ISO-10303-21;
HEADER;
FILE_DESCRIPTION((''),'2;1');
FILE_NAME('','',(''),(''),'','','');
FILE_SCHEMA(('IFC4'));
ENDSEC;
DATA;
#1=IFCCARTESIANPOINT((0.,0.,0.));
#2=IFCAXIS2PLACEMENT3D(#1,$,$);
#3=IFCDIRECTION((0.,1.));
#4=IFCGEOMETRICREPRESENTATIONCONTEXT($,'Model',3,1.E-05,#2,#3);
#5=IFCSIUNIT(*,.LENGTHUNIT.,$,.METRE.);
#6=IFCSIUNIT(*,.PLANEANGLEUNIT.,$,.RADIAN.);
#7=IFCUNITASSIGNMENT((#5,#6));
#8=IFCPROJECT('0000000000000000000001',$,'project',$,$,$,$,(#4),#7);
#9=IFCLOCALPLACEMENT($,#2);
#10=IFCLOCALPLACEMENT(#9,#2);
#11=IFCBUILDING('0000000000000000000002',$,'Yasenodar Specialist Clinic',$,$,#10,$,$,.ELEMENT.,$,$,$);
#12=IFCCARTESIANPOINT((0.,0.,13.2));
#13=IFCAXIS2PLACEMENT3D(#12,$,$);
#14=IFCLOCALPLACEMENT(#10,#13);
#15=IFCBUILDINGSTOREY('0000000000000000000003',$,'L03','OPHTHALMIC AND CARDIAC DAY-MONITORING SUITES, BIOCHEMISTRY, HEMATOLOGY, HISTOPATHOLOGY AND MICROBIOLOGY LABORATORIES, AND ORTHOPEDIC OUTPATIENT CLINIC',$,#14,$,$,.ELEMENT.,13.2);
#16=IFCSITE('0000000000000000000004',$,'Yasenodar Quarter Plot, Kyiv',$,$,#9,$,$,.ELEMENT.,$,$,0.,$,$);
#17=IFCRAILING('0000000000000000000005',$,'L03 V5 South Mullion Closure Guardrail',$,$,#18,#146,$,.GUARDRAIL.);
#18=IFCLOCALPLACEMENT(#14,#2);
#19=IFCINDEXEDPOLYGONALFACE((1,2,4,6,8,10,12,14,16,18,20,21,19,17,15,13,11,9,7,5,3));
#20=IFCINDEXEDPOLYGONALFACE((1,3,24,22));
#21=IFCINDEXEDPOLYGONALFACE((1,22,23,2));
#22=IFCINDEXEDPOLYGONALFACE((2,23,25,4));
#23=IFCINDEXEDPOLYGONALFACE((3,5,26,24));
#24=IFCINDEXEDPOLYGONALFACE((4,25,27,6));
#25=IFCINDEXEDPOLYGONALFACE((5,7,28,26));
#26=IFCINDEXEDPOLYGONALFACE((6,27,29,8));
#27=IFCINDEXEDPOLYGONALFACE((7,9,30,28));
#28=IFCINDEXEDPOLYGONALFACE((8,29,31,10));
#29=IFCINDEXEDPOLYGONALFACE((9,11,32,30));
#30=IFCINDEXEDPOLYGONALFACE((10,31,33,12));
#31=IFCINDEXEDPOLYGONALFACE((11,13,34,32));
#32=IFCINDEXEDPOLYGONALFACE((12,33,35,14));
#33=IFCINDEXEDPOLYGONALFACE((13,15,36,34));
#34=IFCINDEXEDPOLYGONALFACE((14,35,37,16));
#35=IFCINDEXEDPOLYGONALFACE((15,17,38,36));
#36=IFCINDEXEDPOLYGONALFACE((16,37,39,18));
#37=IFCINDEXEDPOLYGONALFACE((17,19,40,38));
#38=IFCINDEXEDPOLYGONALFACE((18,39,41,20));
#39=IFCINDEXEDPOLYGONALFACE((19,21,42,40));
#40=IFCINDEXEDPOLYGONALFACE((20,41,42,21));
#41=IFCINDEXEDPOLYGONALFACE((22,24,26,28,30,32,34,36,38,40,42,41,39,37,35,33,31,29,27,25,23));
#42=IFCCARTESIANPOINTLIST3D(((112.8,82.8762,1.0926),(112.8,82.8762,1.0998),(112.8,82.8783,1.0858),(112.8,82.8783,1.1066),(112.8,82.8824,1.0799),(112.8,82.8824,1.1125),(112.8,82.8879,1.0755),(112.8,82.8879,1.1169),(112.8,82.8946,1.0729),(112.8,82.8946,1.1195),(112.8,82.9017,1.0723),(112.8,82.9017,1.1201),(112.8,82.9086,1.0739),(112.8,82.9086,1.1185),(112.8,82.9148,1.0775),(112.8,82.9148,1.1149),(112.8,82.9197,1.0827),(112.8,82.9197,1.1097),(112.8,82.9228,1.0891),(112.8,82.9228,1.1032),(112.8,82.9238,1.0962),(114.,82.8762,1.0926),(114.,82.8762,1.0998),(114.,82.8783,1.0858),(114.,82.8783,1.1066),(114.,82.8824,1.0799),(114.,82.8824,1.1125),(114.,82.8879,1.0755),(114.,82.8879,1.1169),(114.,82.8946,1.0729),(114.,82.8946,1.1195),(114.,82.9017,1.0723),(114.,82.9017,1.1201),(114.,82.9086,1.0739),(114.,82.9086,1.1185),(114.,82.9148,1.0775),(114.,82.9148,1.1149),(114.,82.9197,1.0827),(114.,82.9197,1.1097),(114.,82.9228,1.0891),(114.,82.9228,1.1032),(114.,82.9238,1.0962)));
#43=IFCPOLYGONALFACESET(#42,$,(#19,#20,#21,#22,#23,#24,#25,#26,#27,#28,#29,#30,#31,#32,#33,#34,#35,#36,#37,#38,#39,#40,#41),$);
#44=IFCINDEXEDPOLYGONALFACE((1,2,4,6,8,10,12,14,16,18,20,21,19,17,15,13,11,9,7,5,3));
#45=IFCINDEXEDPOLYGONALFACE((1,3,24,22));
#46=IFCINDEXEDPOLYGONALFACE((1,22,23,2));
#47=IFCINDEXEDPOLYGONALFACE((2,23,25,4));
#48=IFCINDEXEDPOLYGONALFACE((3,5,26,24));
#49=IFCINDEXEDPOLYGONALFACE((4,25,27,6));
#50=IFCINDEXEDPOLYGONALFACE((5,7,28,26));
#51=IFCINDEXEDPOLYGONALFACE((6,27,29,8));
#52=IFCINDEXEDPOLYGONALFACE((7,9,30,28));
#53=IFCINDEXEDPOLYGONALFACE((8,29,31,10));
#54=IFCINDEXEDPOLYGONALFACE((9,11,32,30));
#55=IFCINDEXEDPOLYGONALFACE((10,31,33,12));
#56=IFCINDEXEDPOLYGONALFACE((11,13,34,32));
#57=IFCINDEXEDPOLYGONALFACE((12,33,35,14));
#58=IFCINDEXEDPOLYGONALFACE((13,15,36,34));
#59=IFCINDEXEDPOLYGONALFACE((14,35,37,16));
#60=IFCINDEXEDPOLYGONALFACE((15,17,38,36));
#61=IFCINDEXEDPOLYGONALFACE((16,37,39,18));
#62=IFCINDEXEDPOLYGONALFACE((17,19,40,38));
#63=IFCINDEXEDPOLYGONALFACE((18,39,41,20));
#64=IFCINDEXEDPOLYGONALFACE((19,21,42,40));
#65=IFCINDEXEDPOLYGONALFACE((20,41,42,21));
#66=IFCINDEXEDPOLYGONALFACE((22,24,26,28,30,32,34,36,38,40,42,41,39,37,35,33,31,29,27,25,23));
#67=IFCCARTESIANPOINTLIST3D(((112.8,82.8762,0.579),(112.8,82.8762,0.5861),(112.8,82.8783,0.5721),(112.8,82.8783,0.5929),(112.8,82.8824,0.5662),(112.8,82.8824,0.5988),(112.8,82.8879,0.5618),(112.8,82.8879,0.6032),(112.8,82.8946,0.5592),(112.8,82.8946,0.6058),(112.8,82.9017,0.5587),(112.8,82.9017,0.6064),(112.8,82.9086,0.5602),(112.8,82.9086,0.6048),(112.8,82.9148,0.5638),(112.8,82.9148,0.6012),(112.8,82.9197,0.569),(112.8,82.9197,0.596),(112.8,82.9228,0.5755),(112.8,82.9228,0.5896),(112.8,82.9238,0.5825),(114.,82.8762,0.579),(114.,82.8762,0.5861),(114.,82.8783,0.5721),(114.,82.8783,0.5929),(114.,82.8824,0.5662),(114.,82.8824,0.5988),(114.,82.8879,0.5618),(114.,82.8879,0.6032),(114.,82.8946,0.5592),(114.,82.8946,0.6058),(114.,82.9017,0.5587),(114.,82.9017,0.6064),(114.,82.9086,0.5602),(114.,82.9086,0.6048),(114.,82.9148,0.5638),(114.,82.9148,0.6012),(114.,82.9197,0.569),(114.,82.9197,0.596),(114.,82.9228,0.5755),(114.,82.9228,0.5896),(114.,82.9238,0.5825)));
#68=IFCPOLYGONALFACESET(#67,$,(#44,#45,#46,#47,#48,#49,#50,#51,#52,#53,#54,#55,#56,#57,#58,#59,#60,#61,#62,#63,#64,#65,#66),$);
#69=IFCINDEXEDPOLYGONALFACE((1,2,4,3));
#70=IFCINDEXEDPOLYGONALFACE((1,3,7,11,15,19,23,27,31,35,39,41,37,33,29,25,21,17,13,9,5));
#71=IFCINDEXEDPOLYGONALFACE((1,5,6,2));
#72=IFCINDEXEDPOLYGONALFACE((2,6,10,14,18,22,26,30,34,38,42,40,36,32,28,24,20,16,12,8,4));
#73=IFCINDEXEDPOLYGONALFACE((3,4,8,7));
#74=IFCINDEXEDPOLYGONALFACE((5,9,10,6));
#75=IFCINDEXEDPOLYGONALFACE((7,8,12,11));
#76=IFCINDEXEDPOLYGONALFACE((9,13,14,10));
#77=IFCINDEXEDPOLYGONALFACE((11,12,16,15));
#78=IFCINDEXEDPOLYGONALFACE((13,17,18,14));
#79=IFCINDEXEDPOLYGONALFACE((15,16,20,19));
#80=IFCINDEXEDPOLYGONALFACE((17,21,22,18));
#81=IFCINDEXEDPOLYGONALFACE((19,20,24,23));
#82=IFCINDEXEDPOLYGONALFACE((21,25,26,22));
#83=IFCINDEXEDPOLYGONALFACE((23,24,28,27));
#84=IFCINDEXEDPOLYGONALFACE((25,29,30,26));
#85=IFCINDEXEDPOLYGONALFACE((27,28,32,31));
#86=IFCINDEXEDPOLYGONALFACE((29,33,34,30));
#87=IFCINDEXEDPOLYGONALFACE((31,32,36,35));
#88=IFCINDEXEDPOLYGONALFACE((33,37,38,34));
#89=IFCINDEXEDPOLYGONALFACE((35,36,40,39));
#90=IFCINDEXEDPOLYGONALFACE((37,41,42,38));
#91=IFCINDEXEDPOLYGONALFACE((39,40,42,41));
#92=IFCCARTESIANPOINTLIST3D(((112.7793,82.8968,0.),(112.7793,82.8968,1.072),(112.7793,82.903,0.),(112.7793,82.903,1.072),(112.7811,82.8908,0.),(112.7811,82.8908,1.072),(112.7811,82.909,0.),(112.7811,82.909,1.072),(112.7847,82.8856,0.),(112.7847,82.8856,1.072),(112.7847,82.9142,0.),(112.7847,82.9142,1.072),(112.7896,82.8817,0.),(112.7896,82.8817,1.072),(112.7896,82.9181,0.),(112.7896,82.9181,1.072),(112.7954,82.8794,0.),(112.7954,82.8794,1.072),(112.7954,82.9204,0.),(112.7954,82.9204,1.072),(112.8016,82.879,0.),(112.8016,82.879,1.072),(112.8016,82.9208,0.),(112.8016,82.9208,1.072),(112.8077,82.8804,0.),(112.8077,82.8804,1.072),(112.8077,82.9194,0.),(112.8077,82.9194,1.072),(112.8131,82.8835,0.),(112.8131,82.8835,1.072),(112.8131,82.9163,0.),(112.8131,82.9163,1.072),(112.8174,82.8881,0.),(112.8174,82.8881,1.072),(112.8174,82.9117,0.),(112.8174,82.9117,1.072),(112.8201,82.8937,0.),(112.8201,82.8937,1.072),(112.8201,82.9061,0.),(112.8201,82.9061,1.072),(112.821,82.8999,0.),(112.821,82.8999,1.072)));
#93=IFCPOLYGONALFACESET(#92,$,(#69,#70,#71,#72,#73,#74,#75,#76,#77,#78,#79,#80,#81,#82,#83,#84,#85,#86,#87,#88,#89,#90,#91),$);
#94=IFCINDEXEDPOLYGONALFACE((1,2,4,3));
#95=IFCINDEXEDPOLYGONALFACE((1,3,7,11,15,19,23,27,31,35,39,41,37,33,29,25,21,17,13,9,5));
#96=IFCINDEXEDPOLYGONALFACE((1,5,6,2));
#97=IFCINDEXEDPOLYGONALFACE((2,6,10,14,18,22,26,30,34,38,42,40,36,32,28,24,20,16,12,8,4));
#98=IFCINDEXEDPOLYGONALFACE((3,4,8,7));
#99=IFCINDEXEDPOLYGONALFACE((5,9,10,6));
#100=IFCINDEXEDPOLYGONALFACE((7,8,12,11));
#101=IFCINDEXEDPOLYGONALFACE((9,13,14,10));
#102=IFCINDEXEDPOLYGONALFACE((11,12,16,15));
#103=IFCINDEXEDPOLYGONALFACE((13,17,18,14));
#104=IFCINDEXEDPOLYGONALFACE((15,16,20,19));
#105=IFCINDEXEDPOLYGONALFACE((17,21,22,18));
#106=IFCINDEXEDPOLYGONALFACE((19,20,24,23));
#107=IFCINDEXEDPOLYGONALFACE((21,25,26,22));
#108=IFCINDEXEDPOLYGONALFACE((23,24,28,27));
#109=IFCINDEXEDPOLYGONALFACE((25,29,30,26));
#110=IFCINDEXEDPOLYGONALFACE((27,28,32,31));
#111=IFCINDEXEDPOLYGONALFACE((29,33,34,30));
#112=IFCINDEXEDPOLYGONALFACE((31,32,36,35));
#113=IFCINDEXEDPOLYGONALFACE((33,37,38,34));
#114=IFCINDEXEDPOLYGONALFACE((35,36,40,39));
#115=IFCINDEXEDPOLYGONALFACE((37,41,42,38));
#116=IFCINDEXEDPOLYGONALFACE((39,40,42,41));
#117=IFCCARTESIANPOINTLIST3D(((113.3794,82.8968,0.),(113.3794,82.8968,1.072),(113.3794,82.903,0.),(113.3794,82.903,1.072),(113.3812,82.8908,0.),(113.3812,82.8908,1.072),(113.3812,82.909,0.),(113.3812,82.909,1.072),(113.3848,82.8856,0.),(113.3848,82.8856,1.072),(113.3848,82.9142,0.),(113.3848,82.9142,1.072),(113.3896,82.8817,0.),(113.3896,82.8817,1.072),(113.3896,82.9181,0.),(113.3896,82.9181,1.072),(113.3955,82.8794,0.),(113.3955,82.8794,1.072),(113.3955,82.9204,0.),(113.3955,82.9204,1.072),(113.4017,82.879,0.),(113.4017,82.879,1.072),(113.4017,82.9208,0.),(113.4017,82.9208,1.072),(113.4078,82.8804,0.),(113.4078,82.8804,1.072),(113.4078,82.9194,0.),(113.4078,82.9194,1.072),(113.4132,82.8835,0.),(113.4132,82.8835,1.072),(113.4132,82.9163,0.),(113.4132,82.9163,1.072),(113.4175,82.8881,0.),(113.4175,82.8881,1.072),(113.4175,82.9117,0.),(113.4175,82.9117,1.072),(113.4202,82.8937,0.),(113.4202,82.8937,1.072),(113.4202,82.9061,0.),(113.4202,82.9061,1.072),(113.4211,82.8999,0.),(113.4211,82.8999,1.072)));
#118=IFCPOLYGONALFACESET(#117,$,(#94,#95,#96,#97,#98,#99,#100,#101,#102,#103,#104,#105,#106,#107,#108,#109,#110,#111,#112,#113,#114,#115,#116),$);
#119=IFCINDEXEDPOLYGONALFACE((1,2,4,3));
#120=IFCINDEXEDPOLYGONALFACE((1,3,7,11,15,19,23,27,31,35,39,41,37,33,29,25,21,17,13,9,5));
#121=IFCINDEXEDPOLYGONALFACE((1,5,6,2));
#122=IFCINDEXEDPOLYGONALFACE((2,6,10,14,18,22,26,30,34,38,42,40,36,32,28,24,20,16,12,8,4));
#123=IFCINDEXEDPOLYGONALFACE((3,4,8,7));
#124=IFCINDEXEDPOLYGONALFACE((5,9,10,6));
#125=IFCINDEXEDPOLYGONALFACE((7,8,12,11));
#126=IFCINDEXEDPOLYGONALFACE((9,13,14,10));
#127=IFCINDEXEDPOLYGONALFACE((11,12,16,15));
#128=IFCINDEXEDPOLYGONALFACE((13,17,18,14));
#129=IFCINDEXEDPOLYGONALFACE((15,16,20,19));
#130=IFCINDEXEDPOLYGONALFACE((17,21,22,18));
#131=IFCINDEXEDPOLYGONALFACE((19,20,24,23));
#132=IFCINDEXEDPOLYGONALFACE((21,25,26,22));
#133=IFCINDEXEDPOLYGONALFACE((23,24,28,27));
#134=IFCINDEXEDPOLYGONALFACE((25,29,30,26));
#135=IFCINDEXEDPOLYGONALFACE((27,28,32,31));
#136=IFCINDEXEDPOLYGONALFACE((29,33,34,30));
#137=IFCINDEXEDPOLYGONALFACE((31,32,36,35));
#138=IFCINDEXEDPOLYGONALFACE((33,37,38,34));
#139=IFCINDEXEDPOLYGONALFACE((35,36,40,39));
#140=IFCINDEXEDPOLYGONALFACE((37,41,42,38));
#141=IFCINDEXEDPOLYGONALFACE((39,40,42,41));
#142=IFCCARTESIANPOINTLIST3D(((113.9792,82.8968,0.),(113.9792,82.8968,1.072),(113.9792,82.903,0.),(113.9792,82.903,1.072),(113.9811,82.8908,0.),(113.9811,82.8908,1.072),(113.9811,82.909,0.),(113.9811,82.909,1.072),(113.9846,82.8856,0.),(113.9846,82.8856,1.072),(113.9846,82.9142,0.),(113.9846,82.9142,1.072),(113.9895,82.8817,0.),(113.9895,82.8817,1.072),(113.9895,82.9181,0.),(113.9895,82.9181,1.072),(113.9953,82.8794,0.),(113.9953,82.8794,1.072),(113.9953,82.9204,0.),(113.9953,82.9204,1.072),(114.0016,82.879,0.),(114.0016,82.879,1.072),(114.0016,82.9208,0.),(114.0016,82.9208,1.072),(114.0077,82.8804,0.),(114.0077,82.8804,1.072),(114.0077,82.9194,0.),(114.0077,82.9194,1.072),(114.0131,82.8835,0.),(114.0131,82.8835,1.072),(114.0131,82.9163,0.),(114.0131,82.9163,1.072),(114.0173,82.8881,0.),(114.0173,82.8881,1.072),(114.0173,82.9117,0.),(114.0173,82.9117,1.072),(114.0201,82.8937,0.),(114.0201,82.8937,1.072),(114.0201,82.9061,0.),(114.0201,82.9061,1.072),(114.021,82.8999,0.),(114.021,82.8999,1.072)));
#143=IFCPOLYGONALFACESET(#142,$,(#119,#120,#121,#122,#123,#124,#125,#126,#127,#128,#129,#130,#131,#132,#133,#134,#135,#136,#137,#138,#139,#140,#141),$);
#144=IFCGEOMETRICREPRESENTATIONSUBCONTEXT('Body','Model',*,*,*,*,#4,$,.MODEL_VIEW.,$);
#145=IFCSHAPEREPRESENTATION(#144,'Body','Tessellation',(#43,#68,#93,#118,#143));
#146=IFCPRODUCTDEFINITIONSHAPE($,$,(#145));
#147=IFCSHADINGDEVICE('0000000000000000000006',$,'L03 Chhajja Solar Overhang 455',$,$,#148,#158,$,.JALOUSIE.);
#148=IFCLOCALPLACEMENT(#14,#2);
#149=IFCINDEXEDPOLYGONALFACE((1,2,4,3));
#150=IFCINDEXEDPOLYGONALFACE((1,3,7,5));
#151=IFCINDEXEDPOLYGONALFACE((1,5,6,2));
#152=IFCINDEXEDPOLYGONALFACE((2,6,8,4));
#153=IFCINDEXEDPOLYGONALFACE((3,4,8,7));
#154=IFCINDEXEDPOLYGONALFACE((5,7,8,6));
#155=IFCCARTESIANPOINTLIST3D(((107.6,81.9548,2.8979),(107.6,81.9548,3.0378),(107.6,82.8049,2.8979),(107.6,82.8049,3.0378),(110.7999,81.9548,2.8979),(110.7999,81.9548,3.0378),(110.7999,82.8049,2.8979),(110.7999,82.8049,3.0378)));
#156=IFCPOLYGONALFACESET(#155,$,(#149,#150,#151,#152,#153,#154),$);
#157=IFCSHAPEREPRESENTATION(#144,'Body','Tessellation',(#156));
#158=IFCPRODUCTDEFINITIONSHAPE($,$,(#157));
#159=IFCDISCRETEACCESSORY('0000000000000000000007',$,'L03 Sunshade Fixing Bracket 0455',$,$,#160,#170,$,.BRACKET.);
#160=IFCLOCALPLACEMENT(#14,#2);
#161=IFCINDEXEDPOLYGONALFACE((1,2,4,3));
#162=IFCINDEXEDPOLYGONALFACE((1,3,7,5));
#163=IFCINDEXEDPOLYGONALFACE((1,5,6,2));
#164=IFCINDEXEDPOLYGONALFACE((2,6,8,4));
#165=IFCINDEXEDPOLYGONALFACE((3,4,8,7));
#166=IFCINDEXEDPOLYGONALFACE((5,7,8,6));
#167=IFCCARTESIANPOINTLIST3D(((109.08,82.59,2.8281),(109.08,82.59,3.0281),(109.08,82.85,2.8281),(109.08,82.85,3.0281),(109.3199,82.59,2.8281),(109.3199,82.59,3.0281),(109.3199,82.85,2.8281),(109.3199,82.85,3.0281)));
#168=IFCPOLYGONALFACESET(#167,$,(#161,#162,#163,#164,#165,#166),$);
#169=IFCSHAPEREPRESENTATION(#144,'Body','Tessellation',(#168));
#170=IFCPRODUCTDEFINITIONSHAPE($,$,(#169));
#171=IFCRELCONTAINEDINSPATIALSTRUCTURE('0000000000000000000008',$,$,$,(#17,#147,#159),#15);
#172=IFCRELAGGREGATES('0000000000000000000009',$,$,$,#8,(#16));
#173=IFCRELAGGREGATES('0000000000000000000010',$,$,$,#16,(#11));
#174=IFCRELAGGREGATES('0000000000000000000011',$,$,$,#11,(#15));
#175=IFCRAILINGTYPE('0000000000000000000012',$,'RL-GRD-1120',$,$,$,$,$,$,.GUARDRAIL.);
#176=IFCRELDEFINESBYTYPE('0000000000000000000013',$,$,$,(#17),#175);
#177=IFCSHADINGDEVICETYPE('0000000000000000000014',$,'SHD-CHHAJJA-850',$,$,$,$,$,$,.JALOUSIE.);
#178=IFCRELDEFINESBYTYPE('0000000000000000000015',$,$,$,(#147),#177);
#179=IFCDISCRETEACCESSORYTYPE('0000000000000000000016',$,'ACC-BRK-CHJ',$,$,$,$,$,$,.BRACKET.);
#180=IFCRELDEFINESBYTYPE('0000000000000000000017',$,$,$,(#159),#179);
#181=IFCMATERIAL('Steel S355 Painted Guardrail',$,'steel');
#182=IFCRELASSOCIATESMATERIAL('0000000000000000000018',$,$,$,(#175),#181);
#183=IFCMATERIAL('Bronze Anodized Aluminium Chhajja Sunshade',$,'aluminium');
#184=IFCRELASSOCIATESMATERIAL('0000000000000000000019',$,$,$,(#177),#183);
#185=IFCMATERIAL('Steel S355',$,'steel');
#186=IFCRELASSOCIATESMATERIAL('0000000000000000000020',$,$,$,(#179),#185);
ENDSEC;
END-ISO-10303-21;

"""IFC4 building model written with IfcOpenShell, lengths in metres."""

from ifc_helpers import new_model, si_unit, direction, frame, origin, origin_2d, place, context, subcontext, project, spatial, rectangle, circle, extrude, material, type_object, element, save


model = new_model("IFC4")

# Units and contexts
model_context = context("Model", 3, precision=1e-05, world=origin(), true_north=direction((0.0, 1.0)))
body_context = subcontext(model_context, "Body", "Model", "MODEL_VIEW")
ifc_project = project(units=[si_unit("LENGTHUNIT", "METRE"), si_unit("PLANEANGLEUNIT", "RADIAN")], contexts=[model_context])

# Site, building, storey
site_placement = place(None, origin())
site = spatial("IfcSite", under=ifc_project, at=site_placement, Name="Yasenodar Quarter Plot, Kyiv", CompositionType="ELEMENT", RefElevation=0.0)
building_placement = place(site_placement, origin())
building = spatial("IfcBuilding", under=site, at=building_placement, Name="Yasenodar Specialist Clinic", CompositionType="ELEMENT")
storey_placement = place(building_placement, frame((0.0, 0.0, 13.2)))
storey = spatial("IfcBuildingStorey", under=building, at=storey_placement, Name="L03", Description="OPHTHALMIC AND CARDIAC DAY-MONITORING SUITES, BIOCHEMISTRY, HEMATOLOGY, HISTOPATHOLOGY AND MICROBIOLOGY LABORATORIES, AND ORTHOPEDIC OUTPATIENT CLINIC", CompositionType="ELEMENT", Elevation=13.2)

# Shared definitions
ifc_material_1 = material(Name="Steel S355", Category="steel")

# Railing
ifc_material_2 = material(Name="Steel S355 Painted Guardrail", Category="steel")
railing_type = type_object("IfcRailingType", Name="RL-GRD-1120", PredefinedType="GUARDRAIL", material=ifc_material_2)
railing_placement = place(storey_placement, frame((112.8, 82.8999, 0.0)))
element("IfcRailing", 1, at=railing_placement, inside=storey, type_object=railing_type, Name="L03 V5 South Mullion Closure Guardrail", PredefinedType="GUARDRAIL", context=body_context, shape_type="SweptSolid", body=[
    extrude(circle(Radius=0.0239, at=origin_2d()), frame((0.0, 0.0, 1.0962), z_axis=(1.0, 0.0, 0.0), x_axis=(0.0, 1.0, 0.0)), (0.0, 0.0, 1.0), 1.2),
    extrude(circle(Radius=0.0239, at=origin_2d()), frame((0.0, 0.0, 0.5825), z_axis=(1.0, 0.0, 0.0), x_axis=(0.0, 1.0, 0.0)), (0.0, 0.0, 1.0), 1.2),
    extrude(circle(Radius=0.021, at=origin_2d()), origin(), (0.0, 0.0, 1.0), 1.072),
    extrude(circle(Radius=0.021, at=origin_2d()), frame((0.6001, 0.0, 0.0)), (0.0, 0.0, 1.0), 1.072),
    extrude(circle(Radius=0.021, at=origin_2d()), frame((1.2, 0.0, 0.0)), (0.0, 0.0, 1.0), 1.072),
])

# Shading device
ifc_material_3 = material(Name="Bronze Anodized Aluminium Chhajja Sunshade", Category="aluminium")
shading_device_type = type_object("IfcShadingDeviceType", Name="SHD-CHHAJJA-850", PredefinedType="JALOUSIE", material=ifc_material_3)
shading_device_placement = place(storey_placement, frame((109.2, 82.3799, 2.8979), z_axis=(0.0, 0.0, 1.0), x_axis=(-1.0, 0.0, 0.0)))
element("IfcShadingDevice", 2, at=shading_device_placement, inside=storey, type_object=shading_device_type, Name="L03 Chhajja Solar Overhang 455", PredefinedType="JALOUSIE", context=body_context, shape_type="SweptSolid", body=[
    extrude(rectangle(XDim=3.2, YDim=0.8501, at=origin_2d()), origin(), (0.0, 0.0, 1.0), 0.1399),
])

# Discrete accessory
discrete_accessory_type = type_object("IfcDiscreteAccessoryType", Name="ACC-BRK-CHJ", PredefinedType="BRACKET", material=ifc_material_1)
discrete_accessory_placement = place(storey_placement, frame((109.2, 82.72, 2.8281), z_axis=(0.0, 0.0, 1.0), x_axis=(-1.0, 0.0, 0.0)))
element("IfcDiscreteAccessory", 3, at=discrete_accessory_placement, inside=storey, type_object=discrete_accessory_type, Name="L03 Sunshade Fixing Bracket 0455", PredefinedType="BRACKET", context=body_context, shape_type="SweptSolid", body=[
    extrude(rectangle(XDim=0.24, YDim=0.26, at=origin_2d()), origin(), (0.0, 0.0, 1.0), 0.2),
])

save(model, "model.ifc")
